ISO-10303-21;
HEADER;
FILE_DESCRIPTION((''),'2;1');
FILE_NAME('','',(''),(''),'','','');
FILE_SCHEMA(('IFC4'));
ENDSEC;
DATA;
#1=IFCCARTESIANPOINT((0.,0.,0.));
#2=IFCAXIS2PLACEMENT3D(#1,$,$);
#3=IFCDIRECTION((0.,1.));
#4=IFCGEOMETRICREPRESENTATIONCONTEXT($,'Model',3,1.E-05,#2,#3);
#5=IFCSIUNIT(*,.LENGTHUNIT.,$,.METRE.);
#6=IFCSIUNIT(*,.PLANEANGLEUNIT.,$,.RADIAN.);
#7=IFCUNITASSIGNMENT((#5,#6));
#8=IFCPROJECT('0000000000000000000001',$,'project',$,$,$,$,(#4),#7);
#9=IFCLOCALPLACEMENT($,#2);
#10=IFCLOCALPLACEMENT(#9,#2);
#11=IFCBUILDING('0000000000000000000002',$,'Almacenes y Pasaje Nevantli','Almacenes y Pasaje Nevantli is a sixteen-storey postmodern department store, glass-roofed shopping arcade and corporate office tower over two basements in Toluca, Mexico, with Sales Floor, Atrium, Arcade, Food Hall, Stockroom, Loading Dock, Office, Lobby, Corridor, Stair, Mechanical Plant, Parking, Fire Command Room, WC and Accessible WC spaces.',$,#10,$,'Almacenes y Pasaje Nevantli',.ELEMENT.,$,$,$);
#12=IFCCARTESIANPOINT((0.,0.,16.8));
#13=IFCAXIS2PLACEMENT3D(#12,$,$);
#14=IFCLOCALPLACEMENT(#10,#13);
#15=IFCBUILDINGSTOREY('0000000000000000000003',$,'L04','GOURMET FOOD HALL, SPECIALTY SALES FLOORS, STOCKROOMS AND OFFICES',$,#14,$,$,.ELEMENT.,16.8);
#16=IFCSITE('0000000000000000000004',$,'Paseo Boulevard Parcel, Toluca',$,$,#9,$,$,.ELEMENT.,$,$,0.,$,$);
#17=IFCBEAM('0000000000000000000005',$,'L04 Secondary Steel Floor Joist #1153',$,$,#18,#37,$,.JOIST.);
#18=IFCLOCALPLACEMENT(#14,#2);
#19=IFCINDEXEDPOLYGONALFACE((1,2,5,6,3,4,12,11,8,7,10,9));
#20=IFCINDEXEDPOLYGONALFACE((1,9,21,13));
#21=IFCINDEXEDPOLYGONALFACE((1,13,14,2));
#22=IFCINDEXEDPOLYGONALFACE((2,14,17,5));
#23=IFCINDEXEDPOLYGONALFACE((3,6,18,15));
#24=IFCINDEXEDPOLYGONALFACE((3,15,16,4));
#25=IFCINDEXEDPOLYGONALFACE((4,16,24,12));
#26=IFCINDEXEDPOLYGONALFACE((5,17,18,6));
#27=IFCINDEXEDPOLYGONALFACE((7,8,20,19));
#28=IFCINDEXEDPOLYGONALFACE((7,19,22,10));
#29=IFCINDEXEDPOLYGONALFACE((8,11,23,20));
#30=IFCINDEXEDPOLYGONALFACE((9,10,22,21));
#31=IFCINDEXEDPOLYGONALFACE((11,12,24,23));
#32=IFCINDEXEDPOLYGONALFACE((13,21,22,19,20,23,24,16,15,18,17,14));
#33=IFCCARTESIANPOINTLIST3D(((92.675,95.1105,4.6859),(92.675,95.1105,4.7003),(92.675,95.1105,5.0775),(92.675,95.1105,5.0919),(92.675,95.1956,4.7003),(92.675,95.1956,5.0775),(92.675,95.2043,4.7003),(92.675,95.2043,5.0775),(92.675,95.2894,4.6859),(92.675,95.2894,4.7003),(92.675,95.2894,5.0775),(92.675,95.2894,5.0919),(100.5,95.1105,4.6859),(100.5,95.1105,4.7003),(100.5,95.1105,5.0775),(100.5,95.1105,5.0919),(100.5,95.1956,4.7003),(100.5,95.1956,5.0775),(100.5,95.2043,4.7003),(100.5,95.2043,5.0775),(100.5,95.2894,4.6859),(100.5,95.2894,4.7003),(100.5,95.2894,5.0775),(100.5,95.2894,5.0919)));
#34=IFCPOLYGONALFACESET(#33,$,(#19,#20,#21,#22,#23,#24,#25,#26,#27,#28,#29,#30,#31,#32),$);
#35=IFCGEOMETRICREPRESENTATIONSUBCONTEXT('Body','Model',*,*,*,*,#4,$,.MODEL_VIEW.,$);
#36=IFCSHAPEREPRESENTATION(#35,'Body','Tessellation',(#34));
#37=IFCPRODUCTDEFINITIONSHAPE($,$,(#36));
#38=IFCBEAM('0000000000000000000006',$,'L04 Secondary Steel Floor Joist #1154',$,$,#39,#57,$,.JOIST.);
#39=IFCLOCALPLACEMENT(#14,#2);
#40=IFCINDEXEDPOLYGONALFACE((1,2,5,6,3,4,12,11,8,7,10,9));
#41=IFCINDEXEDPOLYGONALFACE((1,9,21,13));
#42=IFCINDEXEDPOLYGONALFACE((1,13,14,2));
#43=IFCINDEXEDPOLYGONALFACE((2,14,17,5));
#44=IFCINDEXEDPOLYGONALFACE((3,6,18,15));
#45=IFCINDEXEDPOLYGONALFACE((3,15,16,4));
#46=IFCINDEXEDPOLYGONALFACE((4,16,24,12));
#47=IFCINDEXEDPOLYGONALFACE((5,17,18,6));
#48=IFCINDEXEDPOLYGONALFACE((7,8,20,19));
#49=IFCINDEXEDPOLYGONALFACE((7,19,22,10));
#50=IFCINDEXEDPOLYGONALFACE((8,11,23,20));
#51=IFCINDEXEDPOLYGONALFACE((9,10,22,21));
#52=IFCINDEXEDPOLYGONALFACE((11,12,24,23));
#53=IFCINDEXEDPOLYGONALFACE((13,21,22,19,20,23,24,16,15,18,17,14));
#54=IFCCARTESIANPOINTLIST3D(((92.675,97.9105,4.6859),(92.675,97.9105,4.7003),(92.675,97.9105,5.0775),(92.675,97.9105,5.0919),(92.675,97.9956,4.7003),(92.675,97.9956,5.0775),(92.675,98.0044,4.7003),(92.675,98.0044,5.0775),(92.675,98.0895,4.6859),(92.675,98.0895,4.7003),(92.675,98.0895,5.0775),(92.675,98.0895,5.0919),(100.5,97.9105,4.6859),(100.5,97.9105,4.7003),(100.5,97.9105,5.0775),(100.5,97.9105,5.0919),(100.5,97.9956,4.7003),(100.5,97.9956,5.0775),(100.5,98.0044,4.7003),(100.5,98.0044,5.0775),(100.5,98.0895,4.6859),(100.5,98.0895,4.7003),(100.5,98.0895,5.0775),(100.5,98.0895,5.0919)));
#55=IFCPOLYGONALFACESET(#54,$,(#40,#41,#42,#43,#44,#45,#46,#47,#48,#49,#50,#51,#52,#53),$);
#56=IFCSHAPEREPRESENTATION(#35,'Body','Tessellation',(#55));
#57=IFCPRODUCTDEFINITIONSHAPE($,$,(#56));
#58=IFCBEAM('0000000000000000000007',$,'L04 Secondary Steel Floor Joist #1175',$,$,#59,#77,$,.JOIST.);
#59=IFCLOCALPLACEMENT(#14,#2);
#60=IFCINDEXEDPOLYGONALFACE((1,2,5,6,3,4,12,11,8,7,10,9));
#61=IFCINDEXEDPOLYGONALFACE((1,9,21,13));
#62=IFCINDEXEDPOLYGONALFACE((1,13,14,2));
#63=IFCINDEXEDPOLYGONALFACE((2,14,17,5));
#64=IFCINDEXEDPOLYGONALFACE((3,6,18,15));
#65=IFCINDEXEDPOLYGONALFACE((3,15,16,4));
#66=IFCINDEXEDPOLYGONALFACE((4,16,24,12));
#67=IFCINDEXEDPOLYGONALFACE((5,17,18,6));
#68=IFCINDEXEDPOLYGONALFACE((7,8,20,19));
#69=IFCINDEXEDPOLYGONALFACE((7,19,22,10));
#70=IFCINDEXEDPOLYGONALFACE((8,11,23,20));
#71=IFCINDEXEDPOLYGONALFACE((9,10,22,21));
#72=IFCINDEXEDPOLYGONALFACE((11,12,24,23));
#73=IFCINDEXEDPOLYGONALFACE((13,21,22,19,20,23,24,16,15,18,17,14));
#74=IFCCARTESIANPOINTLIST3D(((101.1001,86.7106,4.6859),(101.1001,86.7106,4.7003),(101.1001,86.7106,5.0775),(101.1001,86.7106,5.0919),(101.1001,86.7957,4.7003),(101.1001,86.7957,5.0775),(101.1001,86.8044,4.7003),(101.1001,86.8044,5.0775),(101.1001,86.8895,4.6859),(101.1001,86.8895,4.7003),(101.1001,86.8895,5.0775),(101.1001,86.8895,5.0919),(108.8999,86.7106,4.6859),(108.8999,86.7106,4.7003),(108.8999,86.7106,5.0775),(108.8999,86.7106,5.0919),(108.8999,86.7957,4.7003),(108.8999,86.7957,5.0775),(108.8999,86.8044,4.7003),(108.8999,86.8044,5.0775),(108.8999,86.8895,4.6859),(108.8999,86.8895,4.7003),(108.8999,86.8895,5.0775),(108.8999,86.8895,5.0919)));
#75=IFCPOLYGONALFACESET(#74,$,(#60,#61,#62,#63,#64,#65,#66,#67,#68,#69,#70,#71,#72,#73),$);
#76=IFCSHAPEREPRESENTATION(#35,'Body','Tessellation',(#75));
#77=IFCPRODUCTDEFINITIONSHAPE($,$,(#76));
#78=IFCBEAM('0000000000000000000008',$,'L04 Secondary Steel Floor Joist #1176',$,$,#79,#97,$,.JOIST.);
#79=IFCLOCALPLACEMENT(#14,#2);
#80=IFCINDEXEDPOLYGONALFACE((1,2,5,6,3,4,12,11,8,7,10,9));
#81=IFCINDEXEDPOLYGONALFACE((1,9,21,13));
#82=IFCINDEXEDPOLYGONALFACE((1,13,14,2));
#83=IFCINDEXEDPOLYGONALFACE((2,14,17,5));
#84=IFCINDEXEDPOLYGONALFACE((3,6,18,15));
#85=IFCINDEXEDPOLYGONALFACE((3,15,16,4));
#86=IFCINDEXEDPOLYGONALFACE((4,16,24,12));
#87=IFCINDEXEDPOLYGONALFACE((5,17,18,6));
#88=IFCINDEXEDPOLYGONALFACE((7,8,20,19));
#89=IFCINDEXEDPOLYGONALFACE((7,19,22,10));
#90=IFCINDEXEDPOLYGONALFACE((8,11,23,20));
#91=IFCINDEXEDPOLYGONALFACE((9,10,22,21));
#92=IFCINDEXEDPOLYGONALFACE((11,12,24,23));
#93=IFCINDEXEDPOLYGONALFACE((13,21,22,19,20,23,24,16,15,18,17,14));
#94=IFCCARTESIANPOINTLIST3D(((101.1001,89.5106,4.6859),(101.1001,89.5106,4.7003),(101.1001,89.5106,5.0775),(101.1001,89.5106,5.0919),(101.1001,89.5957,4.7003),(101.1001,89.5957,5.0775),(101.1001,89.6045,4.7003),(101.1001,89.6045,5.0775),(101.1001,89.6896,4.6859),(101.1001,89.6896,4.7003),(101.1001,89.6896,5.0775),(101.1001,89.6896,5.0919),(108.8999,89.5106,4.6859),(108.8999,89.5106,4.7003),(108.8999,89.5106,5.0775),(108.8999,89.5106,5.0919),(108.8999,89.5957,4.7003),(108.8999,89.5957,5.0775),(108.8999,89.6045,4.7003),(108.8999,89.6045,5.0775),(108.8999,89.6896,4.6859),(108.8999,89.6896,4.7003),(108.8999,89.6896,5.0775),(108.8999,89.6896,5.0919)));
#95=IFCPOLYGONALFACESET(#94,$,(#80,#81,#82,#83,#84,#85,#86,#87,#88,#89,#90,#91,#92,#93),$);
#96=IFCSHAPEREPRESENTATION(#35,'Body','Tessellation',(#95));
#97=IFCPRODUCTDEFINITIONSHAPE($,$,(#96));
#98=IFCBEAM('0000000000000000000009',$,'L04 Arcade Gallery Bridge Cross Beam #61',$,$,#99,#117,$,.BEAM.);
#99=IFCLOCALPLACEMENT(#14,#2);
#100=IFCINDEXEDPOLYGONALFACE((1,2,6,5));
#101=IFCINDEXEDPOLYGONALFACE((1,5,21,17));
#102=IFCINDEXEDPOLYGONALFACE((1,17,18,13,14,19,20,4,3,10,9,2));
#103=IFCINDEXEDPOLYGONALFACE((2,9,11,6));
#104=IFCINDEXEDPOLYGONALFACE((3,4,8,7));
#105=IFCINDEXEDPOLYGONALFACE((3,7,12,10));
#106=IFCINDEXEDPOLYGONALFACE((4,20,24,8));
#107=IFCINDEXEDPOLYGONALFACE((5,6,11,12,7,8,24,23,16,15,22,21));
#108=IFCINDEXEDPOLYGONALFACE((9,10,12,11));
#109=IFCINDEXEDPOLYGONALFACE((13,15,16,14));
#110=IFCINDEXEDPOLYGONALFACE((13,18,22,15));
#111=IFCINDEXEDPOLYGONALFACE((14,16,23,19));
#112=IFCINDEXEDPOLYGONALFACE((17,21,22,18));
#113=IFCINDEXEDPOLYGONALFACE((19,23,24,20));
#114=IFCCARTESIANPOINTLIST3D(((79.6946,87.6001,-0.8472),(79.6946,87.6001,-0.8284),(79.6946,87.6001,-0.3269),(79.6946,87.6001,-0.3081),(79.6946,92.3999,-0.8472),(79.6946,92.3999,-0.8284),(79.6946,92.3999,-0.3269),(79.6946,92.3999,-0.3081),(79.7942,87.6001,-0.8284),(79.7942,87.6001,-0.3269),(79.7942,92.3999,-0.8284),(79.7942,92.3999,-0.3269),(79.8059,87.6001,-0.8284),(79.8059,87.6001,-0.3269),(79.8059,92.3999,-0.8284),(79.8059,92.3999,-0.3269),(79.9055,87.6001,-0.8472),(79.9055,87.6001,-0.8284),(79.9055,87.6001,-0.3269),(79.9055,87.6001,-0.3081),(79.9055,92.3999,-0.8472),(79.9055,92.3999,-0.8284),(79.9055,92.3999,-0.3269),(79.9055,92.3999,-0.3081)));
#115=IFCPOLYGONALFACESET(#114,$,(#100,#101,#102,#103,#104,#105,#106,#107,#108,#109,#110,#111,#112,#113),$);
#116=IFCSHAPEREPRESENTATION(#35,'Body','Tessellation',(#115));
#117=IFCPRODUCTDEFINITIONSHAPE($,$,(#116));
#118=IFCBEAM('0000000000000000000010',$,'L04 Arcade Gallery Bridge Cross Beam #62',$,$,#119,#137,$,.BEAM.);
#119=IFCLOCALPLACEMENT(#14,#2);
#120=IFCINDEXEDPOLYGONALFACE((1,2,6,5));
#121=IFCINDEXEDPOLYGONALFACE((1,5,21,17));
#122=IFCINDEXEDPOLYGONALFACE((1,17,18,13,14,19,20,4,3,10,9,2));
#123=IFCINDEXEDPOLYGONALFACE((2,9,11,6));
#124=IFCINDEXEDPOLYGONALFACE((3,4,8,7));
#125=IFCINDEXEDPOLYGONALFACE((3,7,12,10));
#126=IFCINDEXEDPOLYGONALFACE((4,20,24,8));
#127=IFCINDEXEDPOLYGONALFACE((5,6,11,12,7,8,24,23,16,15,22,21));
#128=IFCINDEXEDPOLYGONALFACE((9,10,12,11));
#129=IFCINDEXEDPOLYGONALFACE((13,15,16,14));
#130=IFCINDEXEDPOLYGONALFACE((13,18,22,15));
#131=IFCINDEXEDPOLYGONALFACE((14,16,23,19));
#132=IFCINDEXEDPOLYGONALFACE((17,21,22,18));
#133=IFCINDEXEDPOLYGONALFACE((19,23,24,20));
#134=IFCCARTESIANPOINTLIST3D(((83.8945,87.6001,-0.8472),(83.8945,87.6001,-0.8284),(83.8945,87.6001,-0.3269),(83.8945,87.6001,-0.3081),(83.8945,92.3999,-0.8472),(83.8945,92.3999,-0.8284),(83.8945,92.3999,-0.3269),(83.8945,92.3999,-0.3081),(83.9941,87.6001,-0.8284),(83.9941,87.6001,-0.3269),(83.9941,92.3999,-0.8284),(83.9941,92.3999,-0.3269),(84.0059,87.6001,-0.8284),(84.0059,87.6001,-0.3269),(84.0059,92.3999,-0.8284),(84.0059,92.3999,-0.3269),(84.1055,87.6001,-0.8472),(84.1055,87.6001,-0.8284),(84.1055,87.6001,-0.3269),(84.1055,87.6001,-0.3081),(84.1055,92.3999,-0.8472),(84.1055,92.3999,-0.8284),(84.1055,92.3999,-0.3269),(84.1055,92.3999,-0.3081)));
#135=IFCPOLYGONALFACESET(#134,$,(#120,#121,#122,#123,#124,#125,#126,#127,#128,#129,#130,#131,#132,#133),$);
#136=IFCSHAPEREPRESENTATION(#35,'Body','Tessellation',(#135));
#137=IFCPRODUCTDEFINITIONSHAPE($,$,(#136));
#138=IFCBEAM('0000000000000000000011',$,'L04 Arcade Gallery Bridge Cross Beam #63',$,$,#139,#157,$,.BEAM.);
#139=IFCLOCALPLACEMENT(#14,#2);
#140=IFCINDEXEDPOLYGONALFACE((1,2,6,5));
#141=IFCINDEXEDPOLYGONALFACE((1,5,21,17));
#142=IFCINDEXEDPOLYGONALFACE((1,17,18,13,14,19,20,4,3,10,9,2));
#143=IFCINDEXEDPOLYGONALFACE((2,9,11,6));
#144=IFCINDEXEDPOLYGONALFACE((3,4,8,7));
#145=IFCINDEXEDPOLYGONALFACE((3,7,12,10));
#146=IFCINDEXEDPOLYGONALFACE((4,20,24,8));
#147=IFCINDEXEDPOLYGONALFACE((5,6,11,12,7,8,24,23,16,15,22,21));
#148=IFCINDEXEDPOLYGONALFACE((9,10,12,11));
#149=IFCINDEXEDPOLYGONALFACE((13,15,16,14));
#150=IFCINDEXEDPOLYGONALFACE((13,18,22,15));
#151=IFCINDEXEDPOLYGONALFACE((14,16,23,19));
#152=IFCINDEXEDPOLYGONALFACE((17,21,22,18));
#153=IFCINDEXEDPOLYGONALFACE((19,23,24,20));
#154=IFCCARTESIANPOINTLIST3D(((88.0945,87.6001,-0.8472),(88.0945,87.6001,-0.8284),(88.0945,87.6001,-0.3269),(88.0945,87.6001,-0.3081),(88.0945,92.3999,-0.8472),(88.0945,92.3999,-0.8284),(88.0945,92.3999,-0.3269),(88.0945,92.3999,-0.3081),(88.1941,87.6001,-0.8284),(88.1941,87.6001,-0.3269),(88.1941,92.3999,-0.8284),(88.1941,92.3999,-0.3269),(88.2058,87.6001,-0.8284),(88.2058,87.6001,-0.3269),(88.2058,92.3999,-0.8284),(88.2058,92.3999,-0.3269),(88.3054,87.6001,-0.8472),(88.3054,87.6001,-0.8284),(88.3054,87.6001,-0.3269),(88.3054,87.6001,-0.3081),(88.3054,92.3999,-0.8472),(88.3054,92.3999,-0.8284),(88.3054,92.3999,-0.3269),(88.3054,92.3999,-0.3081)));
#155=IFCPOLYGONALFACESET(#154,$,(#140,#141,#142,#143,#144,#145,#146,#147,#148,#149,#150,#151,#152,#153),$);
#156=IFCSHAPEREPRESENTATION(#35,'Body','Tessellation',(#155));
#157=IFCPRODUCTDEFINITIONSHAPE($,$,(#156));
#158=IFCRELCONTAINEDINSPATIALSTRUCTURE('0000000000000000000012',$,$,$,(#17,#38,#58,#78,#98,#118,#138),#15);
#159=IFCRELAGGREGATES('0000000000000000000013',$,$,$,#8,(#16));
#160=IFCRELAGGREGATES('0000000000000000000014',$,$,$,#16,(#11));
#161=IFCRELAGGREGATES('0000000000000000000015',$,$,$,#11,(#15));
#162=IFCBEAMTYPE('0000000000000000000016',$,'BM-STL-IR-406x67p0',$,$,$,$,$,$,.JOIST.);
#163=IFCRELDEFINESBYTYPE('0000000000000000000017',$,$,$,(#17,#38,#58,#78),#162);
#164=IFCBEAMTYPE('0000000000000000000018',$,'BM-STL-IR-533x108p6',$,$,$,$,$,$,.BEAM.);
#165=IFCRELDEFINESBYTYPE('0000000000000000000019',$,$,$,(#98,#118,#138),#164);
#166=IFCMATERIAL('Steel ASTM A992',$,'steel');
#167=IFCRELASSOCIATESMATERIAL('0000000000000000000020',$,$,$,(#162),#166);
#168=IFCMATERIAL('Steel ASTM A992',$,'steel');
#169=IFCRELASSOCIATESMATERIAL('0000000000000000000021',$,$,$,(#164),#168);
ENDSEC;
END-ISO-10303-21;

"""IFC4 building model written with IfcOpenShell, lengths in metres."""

from ifc_helpers import new_model, si_unit, direction, frame, origin, origin_2d, place, context, subcontext, project, spatial, i_section, extrude, material, material_profile, profile_set, type_object, element, save


model = new_model("IFC4")

# Units and contexts
model_context = context("Model", 3, precision=1e-05, world=origin(), true_north=direction((0.0, 1.0)))
body_context = subcontext(model_context, "Body", "Model", "MODEL_VIEW")
ifc_project = project(units=[si_unit("LENGTHUNIT", "METRE"), si_unit("PLANEANGLEUNIT", "RADIAN")], contexts=[model_context])

# Site, building, storey
site_placement = place(None, origin())
site = spatial("IfcSite", under=ifc_project, at=site_placement, Name="Paseo Boulevard Parcel, Toluca", CompositionType="ELEMENT", RefElevation=0.0)
building_placement = place(site_placement, origin())
building = spatial("IfcBuilding", under=site, at=building_placement, Name="Almacenes y Pasaje Nevantli", Description="Almacenes y Pasaje Nevantli is a sixteen-storey postmodern department store, glass-roofed shopping arcade and corporate office tower over two basements in Toluca, Mexico, with Sales Floor, Atrium, Arcade, Food Hall, Stockroom, Loading Dock, Office, Lobby, Corridor, Stair, Mechanical Plant, Parking, Fire Command Room, WC and Accessible WC spaces.", LongName="Almacenes y Pasaje Nevantli", CompositionType="ELEMENT")
storey_placement = place(building_placement, frame((0.0, 0.0, 16.8)))
storey = spatial("IfcBuildingStorey", under=building, at=storey_placement, Name="L04", Description="GOURMET FOOD HALL, SPECIALTY SALES FLOORS, STOCKROOMS AND OFFICES", CompositionType="ELEMENT", Elevation=16.8)

# Beams
ifc_material_1 = material(Name="Steel ASTM A992", Category="steel")
ifc_material_profile_1 = material_profile(ifc_material_1, i_section(OverallWidth=0.179, OverallDepth=0.406, WebThickness=0.0088, FlangeThickness=0.0144, at=origin_2d()), Name="IR 406x67.0")
ifc_profile_set_1 = profile_set([ifc_material_profile_1], Name="Steel ASTM A992")
beam_type_1 = type_object("IfcBeamType", Name="BM-STL-IR-406x67p0", PredefinedType="JOIST", material=ifc_profile_set_1)
for number, where, z_axis, x_axis, name in (
    (1, (92.675, 95.2, 4.8889), (1.0, 0.0, 0.0), (0.0, 1.0, 0.0), "L04 Secondary Steel Floor Joist #1153"),
    (2, (92.675, 98.0, 4.8889), (1.0, 0.0, 0.0), (0.0, 1.0, 0.0), "L04 Secondary Steel Floor Joist #1154"),
):
    element("IfcBeam", number, at=place(storey_placement, frame(where, z_axis=z_axis, x_axis=x_axis)), inside=storey, type_object=beam_type_1, Name=name, PredefinedType="JOIST", context=body_context, shape_type="SweptSolid", body=[
        extrude(i_section(OverallWidth=0.179, OverallDepth=0.406, WebThickness=0.0088, FlangeThickness=0.0144, at=origin_2d()), origin(), (0.0, 0.0, 1.0), 7.825),
    ])
for number, where, z_axis, x_axis, name in (
    (3, (101.1001, 86.8, 4.8889), (1.0, 0.0, 0.0), (0.0, 1.0, 0.0), "L04 Secondary Steel Floor Joist #1175"),
    (4, (101.1001, 89.6001, 4.8889), (1.0, 0.0, 0.0), (0.0, 1.0, 0.0), "L04 Secondary Steel Floor Joist #1176"),
):
    element("IfcBeam", number, at=place(storey_placement, frame(where, z_axis=z_axis, x_axis=x_axis)), inside=storey, type_object=beam_type_1, Name=name, PredefinedType="JOIST", context=body_context, shape_type="SweptSolid", body=[
        extrude(i_section(OverallWidth=0.179, OverallDepth=0.406, WebThickness=0.0088, FlangeThickness=0.0144, at=origin_2d()), origin(), (0.0, 0.0, 1.0), 7.7998),
    ])
ifc_material_2 = material(Name="Steel ASTM A992", Category="steel")
ifc_material_profile_2 = material_profile(ifc_material_2, i_section(OverallWidth=0.2109, OverallDepth=0.5391, WebThickness=0.0117, FlangeThickness=0.0188, at=origin_2d()), Name="IR 533x108.6")
ifc_profile_set_2 = profile_set([ifc_material_profile_2], Name="Steel ASTM A992")
beam_type_2 = type_object("IfcBeamType", Name="BM-STL-IR-533x108p6", PredefinedType="BEAM", material=ifc_profile_set_2)
for number, where, z_axis, x_axis, name in (
    (5, (79.8, 87.6001, -0.5776), (0.0, 1.0, 0.0), (-1.0, 0.0, 0.0), "L04 Arcade Gallery Bridge Cross Beam #61"),
    (6, (84.0, 87.6001, -0.5776), (0.0, 1.0, 0.0), (-1.0, 0.0, 0.0), "L04 Arcade Gallery Bridge Cross Beam #62"),
    (7, (88.2, 87.6001, -0.5776), (0.0, 1.0, 0.0), (-1.0, 0.0, 0.0), "L04 Arcade Gallery Bridge Cross Beam #63"),
):
    element("IfcBeam", number, at=place(storey_placement, frame(where, z_axis=z_axis, x_axis=x_axis)), inside=storey, type_object=beam_type_2, Name=name, PredefinedType="BEAM", context=body_context, shape_type="SweptSolid", body=[
        extrude(i_section(OverallWidth=0.2109, OverallDepth=0.5391, WebThickness=0.0117, FlangeThickness=0.0188, at=origin_2d()), origin(), (0.0, 0.0, 1.0), 4.7998),
    ])

save(model, "model.ifc")
